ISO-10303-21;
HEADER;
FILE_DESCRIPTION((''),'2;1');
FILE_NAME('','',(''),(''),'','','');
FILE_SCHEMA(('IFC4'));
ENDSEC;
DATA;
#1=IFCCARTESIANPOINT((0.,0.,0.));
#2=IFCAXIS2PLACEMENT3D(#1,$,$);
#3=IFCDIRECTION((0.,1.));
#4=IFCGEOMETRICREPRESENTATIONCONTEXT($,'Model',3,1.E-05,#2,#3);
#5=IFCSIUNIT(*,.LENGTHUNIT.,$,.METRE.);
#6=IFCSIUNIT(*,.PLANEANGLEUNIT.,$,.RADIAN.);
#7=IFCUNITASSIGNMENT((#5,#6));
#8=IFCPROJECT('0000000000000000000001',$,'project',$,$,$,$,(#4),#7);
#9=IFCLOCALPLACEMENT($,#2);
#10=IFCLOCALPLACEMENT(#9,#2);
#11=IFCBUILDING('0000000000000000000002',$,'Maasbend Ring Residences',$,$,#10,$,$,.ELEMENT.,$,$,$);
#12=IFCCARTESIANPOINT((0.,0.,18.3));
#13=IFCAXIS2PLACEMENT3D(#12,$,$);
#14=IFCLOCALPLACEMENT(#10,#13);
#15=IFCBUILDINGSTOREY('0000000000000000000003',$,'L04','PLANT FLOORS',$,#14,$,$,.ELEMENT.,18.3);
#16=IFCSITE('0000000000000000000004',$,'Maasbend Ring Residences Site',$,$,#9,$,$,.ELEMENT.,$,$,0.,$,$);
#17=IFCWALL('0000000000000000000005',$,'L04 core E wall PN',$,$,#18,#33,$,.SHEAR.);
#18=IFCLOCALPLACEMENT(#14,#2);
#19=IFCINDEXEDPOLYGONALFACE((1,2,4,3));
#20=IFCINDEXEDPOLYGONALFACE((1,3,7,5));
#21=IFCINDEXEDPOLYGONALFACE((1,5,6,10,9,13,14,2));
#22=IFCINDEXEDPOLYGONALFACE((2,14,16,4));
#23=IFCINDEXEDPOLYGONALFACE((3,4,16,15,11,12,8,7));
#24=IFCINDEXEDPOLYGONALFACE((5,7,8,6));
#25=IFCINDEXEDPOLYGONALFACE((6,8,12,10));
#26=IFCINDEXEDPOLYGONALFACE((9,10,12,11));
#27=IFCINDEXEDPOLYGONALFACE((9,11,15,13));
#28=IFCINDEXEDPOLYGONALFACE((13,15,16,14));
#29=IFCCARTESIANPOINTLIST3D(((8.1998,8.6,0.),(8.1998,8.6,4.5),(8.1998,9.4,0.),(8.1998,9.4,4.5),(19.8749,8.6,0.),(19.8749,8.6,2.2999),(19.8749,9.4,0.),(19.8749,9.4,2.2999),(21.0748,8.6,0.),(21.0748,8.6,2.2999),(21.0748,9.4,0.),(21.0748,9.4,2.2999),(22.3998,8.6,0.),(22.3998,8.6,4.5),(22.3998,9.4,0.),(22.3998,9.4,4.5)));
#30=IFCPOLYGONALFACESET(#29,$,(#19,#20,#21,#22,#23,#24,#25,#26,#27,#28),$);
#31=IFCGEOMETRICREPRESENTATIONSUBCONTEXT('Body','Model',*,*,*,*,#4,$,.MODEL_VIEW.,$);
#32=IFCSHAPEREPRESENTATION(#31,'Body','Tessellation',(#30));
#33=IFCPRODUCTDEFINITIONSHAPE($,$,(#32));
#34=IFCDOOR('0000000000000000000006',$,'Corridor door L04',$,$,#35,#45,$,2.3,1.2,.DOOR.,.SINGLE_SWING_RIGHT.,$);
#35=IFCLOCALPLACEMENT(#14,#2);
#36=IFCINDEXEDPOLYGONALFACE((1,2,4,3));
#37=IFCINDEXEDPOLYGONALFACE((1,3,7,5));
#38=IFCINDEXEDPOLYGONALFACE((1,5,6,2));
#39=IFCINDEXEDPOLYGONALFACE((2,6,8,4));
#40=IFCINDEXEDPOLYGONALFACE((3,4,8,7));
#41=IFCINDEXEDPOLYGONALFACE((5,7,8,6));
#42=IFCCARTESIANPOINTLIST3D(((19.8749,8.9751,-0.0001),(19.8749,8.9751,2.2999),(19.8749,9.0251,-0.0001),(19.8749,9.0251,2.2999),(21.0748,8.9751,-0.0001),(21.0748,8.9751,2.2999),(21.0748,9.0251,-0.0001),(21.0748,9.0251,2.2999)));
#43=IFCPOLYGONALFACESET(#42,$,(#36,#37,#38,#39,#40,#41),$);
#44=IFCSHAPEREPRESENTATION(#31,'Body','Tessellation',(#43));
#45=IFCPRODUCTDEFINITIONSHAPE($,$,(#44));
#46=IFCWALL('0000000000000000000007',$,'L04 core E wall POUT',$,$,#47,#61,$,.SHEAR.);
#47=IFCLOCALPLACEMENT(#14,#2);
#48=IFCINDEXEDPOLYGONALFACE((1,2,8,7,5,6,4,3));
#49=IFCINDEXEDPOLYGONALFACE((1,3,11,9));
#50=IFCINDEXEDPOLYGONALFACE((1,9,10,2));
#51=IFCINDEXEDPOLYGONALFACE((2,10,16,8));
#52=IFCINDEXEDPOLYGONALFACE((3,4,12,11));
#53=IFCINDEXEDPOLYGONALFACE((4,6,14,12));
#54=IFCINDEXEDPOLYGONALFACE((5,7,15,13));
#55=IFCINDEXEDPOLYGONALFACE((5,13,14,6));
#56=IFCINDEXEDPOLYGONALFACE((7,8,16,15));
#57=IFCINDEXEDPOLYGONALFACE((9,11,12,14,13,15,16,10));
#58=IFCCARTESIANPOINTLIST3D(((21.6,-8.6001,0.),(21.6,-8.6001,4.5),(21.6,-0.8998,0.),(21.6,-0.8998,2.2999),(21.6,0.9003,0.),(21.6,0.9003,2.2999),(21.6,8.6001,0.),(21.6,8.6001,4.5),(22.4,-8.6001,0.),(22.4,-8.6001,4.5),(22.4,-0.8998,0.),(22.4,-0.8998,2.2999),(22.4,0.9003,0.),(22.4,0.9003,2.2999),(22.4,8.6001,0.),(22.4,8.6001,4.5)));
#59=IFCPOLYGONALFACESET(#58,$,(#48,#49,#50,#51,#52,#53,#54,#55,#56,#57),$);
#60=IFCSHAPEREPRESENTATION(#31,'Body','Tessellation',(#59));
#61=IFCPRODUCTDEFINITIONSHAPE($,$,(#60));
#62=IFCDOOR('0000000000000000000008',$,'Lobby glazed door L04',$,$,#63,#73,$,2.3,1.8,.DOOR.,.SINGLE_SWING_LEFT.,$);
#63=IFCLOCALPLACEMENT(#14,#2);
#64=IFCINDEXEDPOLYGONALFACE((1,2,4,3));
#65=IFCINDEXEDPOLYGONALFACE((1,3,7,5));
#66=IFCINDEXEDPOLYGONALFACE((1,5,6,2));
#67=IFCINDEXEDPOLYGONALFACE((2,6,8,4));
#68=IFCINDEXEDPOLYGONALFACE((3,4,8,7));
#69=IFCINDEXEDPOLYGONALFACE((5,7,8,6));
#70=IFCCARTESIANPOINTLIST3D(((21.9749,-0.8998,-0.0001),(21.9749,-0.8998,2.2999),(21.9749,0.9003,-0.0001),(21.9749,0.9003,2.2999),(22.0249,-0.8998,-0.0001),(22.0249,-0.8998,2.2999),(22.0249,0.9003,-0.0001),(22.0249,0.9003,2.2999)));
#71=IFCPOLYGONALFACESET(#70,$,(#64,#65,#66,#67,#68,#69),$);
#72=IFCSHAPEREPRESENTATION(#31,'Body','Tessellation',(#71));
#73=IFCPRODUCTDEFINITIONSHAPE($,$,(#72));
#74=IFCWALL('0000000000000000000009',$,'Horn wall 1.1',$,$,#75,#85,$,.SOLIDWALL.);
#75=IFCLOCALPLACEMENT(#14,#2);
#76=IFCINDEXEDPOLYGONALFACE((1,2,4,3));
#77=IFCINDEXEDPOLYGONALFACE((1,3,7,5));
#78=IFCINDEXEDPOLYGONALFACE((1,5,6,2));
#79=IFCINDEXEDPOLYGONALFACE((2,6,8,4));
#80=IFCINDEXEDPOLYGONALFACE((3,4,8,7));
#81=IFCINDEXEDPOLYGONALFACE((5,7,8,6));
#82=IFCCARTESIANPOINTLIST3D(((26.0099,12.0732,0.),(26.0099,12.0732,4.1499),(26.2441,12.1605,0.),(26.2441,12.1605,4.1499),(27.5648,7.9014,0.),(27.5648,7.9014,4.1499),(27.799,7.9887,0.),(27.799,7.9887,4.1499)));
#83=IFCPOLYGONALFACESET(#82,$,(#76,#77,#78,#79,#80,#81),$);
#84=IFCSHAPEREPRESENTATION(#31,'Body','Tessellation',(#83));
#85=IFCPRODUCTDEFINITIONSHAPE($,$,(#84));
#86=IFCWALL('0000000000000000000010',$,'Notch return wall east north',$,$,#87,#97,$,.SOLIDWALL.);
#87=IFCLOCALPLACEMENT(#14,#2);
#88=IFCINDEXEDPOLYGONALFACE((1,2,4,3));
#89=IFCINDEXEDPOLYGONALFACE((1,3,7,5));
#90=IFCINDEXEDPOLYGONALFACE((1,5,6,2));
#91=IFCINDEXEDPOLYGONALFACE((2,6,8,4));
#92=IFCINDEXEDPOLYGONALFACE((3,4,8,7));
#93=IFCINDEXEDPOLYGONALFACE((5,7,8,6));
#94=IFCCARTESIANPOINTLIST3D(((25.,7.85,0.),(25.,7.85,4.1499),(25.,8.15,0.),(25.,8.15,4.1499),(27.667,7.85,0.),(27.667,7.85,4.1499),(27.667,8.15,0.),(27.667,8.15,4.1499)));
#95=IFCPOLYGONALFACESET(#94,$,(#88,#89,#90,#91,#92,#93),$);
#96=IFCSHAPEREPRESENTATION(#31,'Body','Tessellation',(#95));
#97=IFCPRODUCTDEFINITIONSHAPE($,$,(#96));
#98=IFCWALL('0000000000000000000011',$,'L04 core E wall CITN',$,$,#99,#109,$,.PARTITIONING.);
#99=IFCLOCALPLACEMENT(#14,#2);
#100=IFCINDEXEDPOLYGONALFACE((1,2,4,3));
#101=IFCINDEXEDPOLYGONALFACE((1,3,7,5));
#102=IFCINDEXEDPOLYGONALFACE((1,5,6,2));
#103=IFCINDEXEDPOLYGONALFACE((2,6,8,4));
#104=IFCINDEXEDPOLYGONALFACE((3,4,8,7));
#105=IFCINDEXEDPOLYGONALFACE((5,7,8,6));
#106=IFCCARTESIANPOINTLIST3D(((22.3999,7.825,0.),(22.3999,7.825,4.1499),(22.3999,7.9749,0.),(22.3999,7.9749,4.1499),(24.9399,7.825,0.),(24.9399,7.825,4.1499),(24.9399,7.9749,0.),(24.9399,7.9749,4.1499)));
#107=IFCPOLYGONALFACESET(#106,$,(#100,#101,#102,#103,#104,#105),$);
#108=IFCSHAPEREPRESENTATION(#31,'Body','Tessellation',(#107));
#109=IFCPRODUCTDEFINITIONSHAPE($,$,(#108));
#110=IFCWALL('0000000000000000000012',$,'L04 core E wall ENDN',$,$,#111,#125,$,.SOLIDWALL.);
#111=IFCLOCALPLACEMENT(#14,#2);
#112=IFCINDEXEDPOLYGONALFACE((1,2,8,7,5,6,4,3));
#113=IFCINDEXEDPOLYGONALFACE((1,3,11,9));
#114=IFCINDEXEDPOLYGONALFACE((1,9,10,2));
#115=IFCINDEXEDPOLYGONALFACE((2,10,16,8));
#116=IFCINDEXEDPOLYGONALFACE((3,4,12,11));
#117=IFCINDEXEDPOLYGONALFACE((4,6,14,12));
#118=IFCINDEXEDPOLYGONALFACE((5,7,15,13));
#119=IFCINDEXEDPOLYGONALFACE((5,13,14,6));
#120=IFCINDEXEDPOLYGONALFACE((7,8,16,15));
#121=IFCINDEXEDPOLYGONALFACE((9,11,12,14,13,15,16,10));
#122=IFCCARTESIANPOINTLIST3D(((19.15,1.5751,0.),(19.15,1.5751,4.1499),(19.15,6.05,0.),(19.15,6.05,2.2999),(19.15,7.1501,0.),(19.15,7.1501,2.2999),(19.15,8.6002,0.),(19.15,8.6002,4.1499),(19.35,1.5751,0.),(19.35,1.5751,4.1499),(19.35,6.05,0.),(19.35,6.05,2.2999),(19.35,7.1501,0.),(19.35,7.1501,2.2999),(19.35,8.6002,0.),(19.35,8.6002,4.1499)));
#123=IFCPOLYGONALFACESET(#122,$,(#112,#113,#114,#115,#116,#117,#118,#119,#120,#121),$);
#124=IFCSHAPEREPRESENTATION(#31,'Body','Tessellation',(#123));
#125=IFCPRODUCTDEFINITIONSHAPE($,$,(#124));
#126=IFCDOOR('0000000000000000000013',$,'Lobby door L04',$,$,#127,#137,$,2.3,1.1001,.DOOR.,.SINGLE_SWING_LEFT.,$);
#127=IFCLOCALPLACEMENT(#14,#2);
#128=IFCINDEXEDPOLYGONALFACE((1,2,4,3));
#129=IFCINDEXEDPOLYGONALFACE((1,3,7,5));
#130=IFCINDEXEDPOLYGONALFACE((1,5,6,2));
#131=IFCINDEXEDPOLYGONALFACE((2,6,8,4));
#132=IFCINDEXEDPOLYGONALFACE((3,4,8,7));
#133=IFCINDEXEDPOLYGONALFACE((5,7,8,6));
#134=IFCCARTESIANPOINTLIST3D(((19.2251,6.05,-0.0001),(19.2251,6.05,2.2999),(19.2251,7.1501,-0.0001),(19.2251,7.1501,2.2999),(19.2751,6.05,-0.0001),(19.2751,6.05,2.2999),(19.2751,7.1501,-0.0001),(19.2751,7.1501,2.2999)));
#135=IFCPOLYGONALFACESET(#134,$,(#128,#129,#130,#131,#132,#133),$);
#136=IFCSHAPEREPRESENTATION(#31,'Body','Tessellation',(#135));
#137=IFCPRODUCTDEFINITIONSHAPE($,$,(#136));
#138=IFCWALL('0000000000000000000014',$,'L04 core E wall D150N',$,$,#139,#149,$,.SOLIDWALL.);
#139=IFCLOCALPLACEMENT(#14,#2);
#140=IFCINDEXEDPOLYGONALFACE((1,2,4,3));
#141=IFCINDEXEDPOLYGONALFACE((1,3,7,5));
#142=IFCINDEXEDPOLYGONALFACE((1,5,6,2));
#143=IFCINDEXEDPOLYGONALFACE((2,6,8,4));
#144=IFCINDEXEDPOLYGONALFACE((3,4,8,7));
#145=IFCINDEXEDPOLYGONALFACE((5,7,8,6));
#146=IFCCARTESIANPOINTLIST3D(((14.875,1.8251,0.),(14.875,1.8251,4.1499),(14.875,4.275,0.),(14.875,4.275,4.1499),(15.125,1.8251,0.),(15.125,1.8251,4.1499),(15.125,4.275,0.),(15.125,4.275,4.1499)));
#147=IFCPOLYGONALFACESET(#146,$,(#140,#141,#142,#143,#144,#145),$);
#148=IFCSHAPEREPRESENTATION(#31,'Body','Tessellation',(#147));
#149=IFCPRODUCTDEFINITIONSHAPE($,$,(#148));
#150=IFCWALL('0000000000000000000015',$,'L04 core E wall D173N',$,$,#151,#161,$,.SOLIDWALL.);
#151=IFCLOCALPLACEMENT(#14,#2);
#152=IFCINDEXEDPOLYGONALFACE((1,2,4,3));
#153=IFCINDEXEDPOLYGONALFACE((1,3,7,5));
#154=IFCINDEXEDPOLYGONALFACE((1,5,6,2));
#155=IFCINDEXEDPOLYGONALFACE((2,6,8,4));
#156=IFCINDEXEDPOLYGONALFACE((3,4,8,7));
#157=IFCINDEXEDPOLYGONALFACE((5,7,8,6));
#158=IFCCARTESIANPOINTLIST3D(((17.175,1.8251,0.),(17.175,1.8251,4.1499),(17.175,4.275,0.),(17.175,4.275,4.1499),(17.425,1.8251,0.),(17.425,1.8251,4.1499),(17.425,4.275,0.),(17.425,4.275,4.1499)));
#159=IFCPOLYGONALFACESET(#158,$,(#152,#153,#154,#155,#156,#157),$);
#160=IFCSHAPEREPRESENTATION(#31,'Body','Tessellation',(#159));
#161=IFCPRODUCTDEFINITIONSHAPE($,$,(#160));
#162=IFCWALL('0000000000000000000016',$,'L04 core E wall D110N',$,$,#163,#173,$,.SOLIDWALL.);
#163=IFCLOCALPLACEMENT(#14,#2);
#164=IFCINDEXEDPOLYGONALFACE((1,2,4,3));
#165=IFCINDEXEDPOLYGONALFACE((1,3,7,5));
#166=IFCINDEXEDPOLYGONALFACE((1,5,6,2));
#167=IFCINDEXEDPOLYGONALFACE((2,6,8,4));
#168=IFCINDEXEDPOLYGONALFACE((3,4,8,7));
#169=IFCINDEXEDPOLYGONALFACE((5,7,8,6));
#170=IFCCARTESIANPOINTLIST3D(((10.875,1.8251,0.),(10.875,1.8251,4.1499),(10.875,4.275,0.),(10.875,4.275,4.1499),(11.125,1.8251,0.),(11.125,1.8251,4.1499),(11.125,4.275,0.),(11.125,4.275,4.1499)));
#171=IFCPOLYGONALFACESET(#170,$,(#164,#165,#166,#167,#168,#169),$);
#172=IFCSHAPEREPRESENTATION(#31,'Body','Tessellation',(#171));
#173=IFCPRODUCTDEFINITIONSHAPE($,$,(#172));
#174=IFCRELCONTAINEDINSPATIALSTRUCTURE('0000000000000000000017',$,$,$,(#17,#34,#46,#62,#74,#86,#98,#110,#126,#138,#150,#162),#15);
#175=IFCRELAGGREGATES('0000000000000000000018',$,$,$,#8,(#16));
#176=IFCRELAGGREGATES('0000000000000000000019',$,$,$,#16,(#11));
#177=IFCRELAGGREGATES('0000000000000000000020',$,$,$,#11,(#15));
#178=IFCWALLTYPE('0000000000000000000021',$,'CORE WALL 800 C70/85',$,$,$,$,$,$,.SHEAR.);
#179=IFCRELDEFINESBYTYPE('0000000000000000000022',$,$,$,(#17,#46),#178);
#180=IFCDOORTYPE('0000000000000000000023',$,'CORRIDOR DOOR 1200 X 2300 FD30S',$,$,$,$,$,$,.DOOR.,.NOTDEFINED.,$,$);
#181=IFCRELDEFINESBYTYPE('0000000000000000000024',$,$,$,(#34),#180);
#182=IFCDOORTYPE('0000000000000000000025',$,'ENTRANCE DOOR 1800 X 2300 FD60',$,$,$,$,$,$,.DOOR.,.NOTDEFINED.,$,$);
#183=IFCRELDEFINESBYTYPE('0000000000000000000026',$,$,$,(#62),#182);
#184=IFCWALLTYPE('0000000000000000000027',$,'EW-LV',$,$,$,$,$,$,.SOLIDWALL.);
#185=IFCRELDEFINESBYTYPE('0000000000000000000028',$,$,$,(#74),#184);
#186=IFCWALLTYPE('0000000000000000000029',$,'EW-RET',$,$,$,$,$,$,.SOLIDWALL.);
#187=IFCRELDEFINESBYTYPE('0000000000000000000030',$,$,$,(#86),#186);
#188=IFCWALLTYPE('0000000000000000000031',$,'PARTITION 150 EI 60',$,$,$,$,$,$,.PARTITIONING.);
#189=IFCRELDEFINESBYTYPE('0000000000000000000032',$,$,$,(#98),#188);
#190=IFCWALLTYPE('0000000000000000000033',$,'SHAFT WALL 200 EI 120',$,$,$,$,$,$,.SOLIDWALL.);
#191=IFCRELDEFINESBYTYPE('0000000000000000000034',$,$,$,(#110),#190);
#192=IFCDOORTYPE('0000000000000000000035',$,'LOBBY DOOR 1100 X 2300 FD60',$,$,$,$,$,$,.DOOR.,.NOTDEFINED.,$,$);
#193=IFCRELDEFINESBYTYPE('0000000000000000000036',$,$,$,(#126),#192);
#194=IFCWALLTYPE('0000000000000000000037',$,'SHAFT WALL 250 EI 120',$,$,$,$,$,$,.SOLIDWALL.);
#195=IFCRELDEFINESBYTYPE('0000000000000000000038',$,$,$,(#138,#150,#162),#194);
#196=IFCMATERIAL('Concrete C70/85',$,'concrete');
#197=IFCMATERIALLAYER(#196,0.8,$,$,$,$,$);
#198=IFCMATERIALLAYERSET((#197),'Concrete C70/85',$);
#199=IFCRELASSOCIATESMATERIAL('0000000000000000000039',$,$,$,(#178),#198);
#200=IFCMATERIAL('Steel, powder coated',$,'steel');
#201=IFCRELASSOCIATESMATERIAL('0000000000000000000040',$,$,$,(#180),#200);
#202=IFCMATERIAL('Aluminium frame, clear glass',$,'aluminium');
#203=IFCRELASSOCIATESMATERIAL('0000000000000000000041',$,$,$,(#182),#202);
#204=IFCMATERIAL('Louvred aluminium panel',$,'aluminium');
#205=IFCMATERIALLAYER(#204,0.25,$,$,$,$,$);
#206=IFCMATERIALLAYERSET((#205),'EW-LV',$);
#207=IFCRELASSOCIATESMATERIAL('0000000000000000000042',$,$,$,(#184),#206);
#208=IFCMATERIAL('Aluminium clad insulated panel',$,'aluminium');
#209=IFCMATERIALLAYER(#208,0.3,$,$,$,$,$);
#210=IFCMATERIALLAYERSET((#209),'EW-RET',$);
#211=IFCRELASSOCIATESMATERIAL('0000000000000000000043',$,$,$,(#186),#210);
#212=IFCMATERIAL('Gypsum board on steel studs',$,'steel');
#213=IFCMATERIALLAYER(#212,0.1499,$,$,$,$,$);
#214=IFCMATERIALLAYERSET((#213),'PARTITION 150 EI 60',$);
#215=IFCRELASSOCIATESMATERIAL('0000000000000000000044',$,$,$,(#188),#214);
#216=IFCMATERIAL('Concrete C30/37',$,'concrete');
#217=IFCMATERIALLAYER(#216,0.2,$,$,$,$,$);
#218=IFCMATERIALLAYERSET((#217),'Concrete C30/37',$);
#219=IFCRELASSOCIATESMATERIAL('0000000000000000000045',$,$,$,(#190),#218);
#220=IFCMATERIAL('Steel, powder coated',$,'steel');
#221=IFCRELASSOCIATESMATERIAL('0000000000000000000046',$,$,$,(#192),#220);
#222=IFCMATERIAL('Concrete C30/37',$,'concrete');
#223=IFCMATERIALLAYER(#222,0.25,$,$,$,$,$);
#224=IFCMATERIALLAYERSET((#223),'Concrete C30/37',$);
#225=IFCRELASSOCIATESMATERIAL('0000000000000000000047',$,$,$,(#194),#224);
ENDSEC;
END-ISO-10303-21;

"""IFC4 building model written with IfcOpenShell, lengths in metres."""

from ifc_helpers import new_model, si_unit, direction, frame, frame_2d, origin, place, context, subcontext, project, spatial, rectangle, extrude, material, layer, layer_set, type_object, element, fill, save


model = new_model("IFC4")

# Units and contexts
model_context = context("Model", 3, precision=1e-05, world=origin(), true_north=direction((0.0, 1.0)))
body_context = subcontext(model_context, "Body", "Model", "MODEL_VIEW")
ifc_project = project(units=[si_unit("LENGTHUNIT", "METRE"), si_unit("PLANEANGLEUNIT", "RADIAN")], contexts=[model_context])

# Site, building, storey
site_placement = place(None, origin())
site = spatial("IfcSite", under=ifc_project, at=site_placement, Name="Maasbend Ring Residences Site", CompositionType="ELEMENT", RefElevation=0.0)
building_placement = place(site_placement, origin())
building = spatial("IfcBuilding", under=site, at=building_placement, Name="Maasbend Ring Residences", CompositionType="ELEMENT")
storey_placement = place(building_placement, frame((0.0, 0.0, 18.3)))
storey = spatial("IfcBuildingStorey", under=building, at=storey_placement, Name="L04", Description="PLANT FLOORS", CompositionType="ELEMENT", Elevation=18.3)

# Walls, openings, doors
ifc_material_1 = material(Name="Concrete C70/85", Category="concrete")
ifc_layer_1 = layer(ifc_material_1, 0.8)
ifc_layer_set_1 = layer_set([ifc_layer_1], Name="Concrete C70/85")
wall_type_1 = type_object("IfcWallType", Name="CORE WALL 800 C70/85", PredefinedType="SHEAR", material=ifc_layer_set_1)
wall_1_placement = place(storey_placement, frame((22.3999, 9.0, 0.0), z_axis=(0.0, 0.0, 1.0), x_axis=(-1.0, 0.0, 0.0)))
wall_1 = element("IfcWall", 1, at=wall_1_placement, inside=storey, type_object=wall_type_1, Name="L04 core E wall PN", PredefinedType="SHEAR", context=body_context, shape_type="SweptSolid", body=[
    extrude(rectangle(XDim=14.2, YDim=0.8, at=frame_2d((7.1001, 0.0))), origin(), (0.0, 0.0, 1.0), 4.5),
])
opening_1_placement = place(wall_1_placement, frame((1.325, 0.0, 0.0)))
opening_1 = element("IfcOpeningElement", 2, at=opening_1_placement, cuts=wall_1, PredefinedType="OPENING", context=body_context, shape_type="SweptSolid", body=[
    extrude(rectangle(XDim=1.2, YDim=2.3, at=frame_2d((0.6001, 1.1499))), frame((0.0, 0.4102, 0.0), z_axis=(0.0, -1.0, 0.0), x_axis=(1.0, 0.0, 0.0)), (0.0, 0.0, 1.0), 0.8201),
])
ifc_material_2 = material(Name="Steel, powder coated", Category="steel")
door_type_1 = type_object("IfcDoorType", Name="CORRIDOR DOOR 1200 X 2300 FD30S", OperationType="NOTDEFINED", PredefinedType="DOOR", material=ifc_material_2)
door_1_placement = place(opening_1_placement, origin())
door_1 = element("IfcDoor", 3, at=door_1_placement, inside=storey, type_object=door_type_1, Name="Corridor door L04", OperationType="SINGLE_SWING_RIGHT", OverallHeight=2.3, OverallWidth=1.2, PredefinedType="DOOR", context=body_context, shape_type="SweptSolid", body=[
    extrude(rectangle(XDim=1.2, YDim=2.3, at=frame_2d((0.6001, 1.1499))), frame((0.0, 0.0249, 0.0), z_axis=(0.0, -1.0, 0.0), x_axis=(1.0, 0.0, 0.0)), (0.0, 0.0, 1.0), 0.05),
])
fill(opening_1, door_1)
wall_2_placement = place(storey_placement, frame((22.0, 8.6001, 0.0), z_axis=(0.0, 0.0, 1.0), x_axis=(0.0, -1.0, 0.0)))
wall_2 = element("IfcWall", 4, at=wall_2_placement, inside=storey, type_object=wall_type_1, Name="L04 core E wall POUT", PredefinedType="SHEAR", context=body_context, shape_type="SweptSolid", body=[
    extrude(rectangle(XDim=17.2002, YDim=0.8, at=frame_2d((8.6001, 0.0))), origin(), (0.0, 0.0, 1.0), 4.5),
])
opening_2_placement = place(wall_2_placement, frame((7.7, 0.0, 0.0)))
opening_2 = element("IfcOpeningElement", 5, at=opening_2_placement, cuts=wall_2, PredefinedType="OPENING", context=body_context, shape_type="SweptSolid", body=[
    extrude(rectangle(XDim=1.8, YDim=2.3, at=frame_2d((0.8999, 1.1499))), frame((0.0, 0.4102, 0.0), z_axis=(0.0, -1.0, 0.0), x_axis=(1.0, 0.0, 0.0)), (0.0, 0.0, 1.0), 0.8201),
])
ifc_material_3 = material(Name="Aluminium frame, clear glass", Category="aluminium")
door_type_2 = type_object("IfcDoorType", Name="ENTRANCE DOOR 1800 X 2300 FD60", OperationType="NOTDEFINED", PredefinedType="DOOR", material=ifc_material_3)
door_2_placement = place(opening_2_placement, origin())
door_2 = element("IfcDoor", 6, at=door_2_placement, inside=storey, type_object=door_type_2, Name="Lobby glazed door L04", OperationType="SINGLE_SWING_LEFT", OverallHeight=2.3, OverallWidth=1.8, PredefinedType="DOOR", context=body_context, shape_type="SweptSolid", body=[
    extrude(rectangle(XDim=1.8, YDim=2.3, at=frame_2d((0.8999, 1.1499))), frame((0.0, 0.0249, 0.0), z_axis=(0.0, -1.0, 0.0), x_axis=(1.0, 0.0, 0.0)), (0.0, 0.0, 1.0), 0.05),
])
fill(opening_2, door_2)

# Walls
ifc_material_4 = material(Name="Louvred aluminium panel", Category="aluminium")
ifc_layer_2 = layer(ifc_material_4, 0.25)
ifc_layer_set_2 = layer_set([ifc_layer_2], Name="EW-LV")
wall_type_2 = type_object("IfcWallType", Name="EW-LV", PredefinedType="SOLIDWALL", material=ifc_layer_set_2)
wall_3_placement = place(storey_placement, frame((27.6819, 7.9451, 0.0), z_axis=(0.0, 0.0, 1.0), x_axis=(-0.349248, 0.93703, 0.0)))
element("IfcWall", 7, at=wall_3_placement, inside=storey, type_object=wall_type_2, Name="Horn wall 1.1", PredefinedType="SOLIDWALL", context=body_context, shape_type="SweptSolid", body=[
    extrude(rectangle(XDim=4.4521, YDim=0.25, at=frame_2d((2.2261, 0.0))), origin(), (0.0, 0.0, 1.0), 4.1499),
])
ifc_material_5 = material(Name="Aluminium clad insulated panel", Category="aluminium")
ifc_layer_3 = layer(ifc_material_5, 0.3)
ifc_layer_set_3 = layer_set([ifc_layer_3], Name="EW-RET")
wall_type_3 = type_object("IfcWallType", Name="EW-RET", PredefinedType="SOLIDWALL", material=ifc_layer_set_3)
wall_4_placement = place(storey_placement, frame((25.0, 8.0, 0.0), z_axis=(0.0, 0.0, 1.0), x_axis=(1.0, 0.0, 0.0)))
element("IfcWall", 8, at=wall_4_placement, inside=storey, type_object=wall_type_3, Name="Notch return wall east north", PredefinedType="SOLIDWALL", context=body_context, shape_type="SweptSolid", body=[
    extrude(rectangle(XDim=2.667, YDim=0.3, at=frame_2d((1.3335, 0.0))), origin(), (0.0, 0.0, 1.0), 4.1499),
])
ifc_material_6 = material(Name="Gypsum board on steel studs", Category="steel")
ifc_layer_4 = layer(ifc_material_6, 0.1499)
ifc_layer_set_4 = layer_set([ifc_layer_4], Name="PARTITION 150 EI 60")
wall_type_4 = type_object("IfcWallType", Name="PARTITION 150 EI 60", PredefinedType="PARTITIONING", material=ifc_layer_set_4)
wall_5_placement = place(storey_placement, frame((22.3999, 7.8999, 0.0), z_axis=(0.0, 0.0, 1.0), x_axis=(1.0, 0.0, 0.0)))
element("IfcWall", 9, at=wall_5_placement, inside=storey, type_object=wall_type_4, Name="L04 core E wall CITN", PredefinedType="PARTITIONING", context=body_context, shape_type="SweptSolid", body=[
    extrude(rectangle(XDim=2.54, YDim=0.1499, at=frame_2d((1.27, 0.0))), origin(), (0.0, 0.0, 1.0), 4.1499),
])

# Wall, opening, door
ifc_material_7 = material(Name="Concrete C30/37", Category="concrete")
ifc_layer_5 = layer(ifc_material_7, 0.2)
ifc_layer_set_5 = layer_set([ifc_layer_5], Name="Concrete C30/37")
wall_type_5 = type_object("IfcWallType", Name="SHAFT WALL 200 EI 120", PredefinedType="SOLIDWALL", material=ifc_layer_set_5)
wall_6_placement = place(storey_placement, frame((19.25, 1.575, 0.0), z_axis=(0.0, 0.0, 1.0), x_axis=(0.0, 1.0, 0.0)))
wall_6 = element("IfcWall", 10, at=wall_6_placement, inside=storey, type_object=wall_type_5, Name="L04 core E wall ENDN", PredefinedType="SOLIDWALL", context=body_context, shape_type="SweptSolid", body=[
    extrude(rectangle(XDim=7.0251, YDim=0.2, at=frame_2d((3.5127, 0.0))), origin(), (0.0, 0.0, 1.0), 4.1499),
])
opening_3_placement = place(wall_6_placement, frame((4.4751, 0.0, 0.0)))
opening_3 = element("IfcOpeningElement", 11, at=opening_3_placement, cuts=wall_6, PredefinedType="OPENING", context=body_context, shape_type="SweptSolid", body=[
    extrude(rectangle(XDim=1.1001, YDim=2.3, at=frame_2d((0.55, 1.1499))), frame((0.0, 0.1099, 0.0), z_axis=(0.0, -1.0, 0.0), x_axis=(1.0, 0.0, 0.0)), (0.0, 0.0, 1.0), 0.22),
])
ifc_material_8 = material(Name="Steel, powder coated", Category="steel")
door_type_3 = type_object("IfcDoorType", Name="LOBBY DOOR 1100 X 2300 FD60", OperationType="NOTDEFINED", PredefinedType="DOOR", material=ifc_material_8)
door_3_placement = place(opening_3_placement, origin())
door_3 = element("IfcDoor", 12, at=door_3_placement, inside=storey, type_object=door_type_3, Name="Lobby door L04", OperationType="SINGLE_SWING_LEFT", OverallHeight=2.3, OverallWidth=1.1001, PredefinedType="DOOR", context=body_context, shape_type="SweptSolid", body=[
    extrude(rectangle(XDim=1.1001, YDim=2.3, at=frame_2d((0.55, 1.1499))), frame((0.0, 0.0249, 0.0), z_axis=(0.0, -1.0, 0.0), x_axis=(1.0, 0.0, 0.0)), (0.0, 0.0, 1.0), 0.05),
])
fill(opening_3, door_3)

# Walls
ifc_material_9 = material(Name="Concrete C30/37", Category="concrete")
ifc_layer_6 = layer(ifc_material_9, 0.25)
ifc_layer_set_6 = layer_set([ifc_layer_6], Name="Concrete C30/37")
wall_type_6 = type_object("IfcWallType", Name="SHAFT WALL 250 EI 120", PredefinedType="SOLIDWALL", material=ifc_layer_set_6)
for number, where, z_axis, x_axis, name in (
    (13, (15.0, 1.825, 0.0), (0.0, 0.0, 1.0), (0.0, 1.0, 0.0), "L04 core E wall D150N"),
    (14, (17.3, 1.825, 0.0), (0.0, 0.0, 1.0), (0.0, 1.0, 0.0), "L04 core E wall D173N"),
    (15, (11.0, 1.825, 0.0), (0.0, 0.0, 1.0), (0.0, 1.0, 0.0), "L04 core E wall D110N"),
):
    element("IfcWall", number, at=place(storey_placement, frame(where, z_axis=z_axis, x_axis=x_axis)), inside=storey, type_object=wall_type_6, Name=name, PredefinedType="SOLIDWALL", context=body_context, shape_type="SweptSolid", body=[
        extrude(rectangle(XDim=2.45, YDim=0.25, at=frame_2d((1.2251, 0.0))), origin(), (0.0, 0.0, 1.0), 4.1499),
    ])

save(model, "model.ifc")
